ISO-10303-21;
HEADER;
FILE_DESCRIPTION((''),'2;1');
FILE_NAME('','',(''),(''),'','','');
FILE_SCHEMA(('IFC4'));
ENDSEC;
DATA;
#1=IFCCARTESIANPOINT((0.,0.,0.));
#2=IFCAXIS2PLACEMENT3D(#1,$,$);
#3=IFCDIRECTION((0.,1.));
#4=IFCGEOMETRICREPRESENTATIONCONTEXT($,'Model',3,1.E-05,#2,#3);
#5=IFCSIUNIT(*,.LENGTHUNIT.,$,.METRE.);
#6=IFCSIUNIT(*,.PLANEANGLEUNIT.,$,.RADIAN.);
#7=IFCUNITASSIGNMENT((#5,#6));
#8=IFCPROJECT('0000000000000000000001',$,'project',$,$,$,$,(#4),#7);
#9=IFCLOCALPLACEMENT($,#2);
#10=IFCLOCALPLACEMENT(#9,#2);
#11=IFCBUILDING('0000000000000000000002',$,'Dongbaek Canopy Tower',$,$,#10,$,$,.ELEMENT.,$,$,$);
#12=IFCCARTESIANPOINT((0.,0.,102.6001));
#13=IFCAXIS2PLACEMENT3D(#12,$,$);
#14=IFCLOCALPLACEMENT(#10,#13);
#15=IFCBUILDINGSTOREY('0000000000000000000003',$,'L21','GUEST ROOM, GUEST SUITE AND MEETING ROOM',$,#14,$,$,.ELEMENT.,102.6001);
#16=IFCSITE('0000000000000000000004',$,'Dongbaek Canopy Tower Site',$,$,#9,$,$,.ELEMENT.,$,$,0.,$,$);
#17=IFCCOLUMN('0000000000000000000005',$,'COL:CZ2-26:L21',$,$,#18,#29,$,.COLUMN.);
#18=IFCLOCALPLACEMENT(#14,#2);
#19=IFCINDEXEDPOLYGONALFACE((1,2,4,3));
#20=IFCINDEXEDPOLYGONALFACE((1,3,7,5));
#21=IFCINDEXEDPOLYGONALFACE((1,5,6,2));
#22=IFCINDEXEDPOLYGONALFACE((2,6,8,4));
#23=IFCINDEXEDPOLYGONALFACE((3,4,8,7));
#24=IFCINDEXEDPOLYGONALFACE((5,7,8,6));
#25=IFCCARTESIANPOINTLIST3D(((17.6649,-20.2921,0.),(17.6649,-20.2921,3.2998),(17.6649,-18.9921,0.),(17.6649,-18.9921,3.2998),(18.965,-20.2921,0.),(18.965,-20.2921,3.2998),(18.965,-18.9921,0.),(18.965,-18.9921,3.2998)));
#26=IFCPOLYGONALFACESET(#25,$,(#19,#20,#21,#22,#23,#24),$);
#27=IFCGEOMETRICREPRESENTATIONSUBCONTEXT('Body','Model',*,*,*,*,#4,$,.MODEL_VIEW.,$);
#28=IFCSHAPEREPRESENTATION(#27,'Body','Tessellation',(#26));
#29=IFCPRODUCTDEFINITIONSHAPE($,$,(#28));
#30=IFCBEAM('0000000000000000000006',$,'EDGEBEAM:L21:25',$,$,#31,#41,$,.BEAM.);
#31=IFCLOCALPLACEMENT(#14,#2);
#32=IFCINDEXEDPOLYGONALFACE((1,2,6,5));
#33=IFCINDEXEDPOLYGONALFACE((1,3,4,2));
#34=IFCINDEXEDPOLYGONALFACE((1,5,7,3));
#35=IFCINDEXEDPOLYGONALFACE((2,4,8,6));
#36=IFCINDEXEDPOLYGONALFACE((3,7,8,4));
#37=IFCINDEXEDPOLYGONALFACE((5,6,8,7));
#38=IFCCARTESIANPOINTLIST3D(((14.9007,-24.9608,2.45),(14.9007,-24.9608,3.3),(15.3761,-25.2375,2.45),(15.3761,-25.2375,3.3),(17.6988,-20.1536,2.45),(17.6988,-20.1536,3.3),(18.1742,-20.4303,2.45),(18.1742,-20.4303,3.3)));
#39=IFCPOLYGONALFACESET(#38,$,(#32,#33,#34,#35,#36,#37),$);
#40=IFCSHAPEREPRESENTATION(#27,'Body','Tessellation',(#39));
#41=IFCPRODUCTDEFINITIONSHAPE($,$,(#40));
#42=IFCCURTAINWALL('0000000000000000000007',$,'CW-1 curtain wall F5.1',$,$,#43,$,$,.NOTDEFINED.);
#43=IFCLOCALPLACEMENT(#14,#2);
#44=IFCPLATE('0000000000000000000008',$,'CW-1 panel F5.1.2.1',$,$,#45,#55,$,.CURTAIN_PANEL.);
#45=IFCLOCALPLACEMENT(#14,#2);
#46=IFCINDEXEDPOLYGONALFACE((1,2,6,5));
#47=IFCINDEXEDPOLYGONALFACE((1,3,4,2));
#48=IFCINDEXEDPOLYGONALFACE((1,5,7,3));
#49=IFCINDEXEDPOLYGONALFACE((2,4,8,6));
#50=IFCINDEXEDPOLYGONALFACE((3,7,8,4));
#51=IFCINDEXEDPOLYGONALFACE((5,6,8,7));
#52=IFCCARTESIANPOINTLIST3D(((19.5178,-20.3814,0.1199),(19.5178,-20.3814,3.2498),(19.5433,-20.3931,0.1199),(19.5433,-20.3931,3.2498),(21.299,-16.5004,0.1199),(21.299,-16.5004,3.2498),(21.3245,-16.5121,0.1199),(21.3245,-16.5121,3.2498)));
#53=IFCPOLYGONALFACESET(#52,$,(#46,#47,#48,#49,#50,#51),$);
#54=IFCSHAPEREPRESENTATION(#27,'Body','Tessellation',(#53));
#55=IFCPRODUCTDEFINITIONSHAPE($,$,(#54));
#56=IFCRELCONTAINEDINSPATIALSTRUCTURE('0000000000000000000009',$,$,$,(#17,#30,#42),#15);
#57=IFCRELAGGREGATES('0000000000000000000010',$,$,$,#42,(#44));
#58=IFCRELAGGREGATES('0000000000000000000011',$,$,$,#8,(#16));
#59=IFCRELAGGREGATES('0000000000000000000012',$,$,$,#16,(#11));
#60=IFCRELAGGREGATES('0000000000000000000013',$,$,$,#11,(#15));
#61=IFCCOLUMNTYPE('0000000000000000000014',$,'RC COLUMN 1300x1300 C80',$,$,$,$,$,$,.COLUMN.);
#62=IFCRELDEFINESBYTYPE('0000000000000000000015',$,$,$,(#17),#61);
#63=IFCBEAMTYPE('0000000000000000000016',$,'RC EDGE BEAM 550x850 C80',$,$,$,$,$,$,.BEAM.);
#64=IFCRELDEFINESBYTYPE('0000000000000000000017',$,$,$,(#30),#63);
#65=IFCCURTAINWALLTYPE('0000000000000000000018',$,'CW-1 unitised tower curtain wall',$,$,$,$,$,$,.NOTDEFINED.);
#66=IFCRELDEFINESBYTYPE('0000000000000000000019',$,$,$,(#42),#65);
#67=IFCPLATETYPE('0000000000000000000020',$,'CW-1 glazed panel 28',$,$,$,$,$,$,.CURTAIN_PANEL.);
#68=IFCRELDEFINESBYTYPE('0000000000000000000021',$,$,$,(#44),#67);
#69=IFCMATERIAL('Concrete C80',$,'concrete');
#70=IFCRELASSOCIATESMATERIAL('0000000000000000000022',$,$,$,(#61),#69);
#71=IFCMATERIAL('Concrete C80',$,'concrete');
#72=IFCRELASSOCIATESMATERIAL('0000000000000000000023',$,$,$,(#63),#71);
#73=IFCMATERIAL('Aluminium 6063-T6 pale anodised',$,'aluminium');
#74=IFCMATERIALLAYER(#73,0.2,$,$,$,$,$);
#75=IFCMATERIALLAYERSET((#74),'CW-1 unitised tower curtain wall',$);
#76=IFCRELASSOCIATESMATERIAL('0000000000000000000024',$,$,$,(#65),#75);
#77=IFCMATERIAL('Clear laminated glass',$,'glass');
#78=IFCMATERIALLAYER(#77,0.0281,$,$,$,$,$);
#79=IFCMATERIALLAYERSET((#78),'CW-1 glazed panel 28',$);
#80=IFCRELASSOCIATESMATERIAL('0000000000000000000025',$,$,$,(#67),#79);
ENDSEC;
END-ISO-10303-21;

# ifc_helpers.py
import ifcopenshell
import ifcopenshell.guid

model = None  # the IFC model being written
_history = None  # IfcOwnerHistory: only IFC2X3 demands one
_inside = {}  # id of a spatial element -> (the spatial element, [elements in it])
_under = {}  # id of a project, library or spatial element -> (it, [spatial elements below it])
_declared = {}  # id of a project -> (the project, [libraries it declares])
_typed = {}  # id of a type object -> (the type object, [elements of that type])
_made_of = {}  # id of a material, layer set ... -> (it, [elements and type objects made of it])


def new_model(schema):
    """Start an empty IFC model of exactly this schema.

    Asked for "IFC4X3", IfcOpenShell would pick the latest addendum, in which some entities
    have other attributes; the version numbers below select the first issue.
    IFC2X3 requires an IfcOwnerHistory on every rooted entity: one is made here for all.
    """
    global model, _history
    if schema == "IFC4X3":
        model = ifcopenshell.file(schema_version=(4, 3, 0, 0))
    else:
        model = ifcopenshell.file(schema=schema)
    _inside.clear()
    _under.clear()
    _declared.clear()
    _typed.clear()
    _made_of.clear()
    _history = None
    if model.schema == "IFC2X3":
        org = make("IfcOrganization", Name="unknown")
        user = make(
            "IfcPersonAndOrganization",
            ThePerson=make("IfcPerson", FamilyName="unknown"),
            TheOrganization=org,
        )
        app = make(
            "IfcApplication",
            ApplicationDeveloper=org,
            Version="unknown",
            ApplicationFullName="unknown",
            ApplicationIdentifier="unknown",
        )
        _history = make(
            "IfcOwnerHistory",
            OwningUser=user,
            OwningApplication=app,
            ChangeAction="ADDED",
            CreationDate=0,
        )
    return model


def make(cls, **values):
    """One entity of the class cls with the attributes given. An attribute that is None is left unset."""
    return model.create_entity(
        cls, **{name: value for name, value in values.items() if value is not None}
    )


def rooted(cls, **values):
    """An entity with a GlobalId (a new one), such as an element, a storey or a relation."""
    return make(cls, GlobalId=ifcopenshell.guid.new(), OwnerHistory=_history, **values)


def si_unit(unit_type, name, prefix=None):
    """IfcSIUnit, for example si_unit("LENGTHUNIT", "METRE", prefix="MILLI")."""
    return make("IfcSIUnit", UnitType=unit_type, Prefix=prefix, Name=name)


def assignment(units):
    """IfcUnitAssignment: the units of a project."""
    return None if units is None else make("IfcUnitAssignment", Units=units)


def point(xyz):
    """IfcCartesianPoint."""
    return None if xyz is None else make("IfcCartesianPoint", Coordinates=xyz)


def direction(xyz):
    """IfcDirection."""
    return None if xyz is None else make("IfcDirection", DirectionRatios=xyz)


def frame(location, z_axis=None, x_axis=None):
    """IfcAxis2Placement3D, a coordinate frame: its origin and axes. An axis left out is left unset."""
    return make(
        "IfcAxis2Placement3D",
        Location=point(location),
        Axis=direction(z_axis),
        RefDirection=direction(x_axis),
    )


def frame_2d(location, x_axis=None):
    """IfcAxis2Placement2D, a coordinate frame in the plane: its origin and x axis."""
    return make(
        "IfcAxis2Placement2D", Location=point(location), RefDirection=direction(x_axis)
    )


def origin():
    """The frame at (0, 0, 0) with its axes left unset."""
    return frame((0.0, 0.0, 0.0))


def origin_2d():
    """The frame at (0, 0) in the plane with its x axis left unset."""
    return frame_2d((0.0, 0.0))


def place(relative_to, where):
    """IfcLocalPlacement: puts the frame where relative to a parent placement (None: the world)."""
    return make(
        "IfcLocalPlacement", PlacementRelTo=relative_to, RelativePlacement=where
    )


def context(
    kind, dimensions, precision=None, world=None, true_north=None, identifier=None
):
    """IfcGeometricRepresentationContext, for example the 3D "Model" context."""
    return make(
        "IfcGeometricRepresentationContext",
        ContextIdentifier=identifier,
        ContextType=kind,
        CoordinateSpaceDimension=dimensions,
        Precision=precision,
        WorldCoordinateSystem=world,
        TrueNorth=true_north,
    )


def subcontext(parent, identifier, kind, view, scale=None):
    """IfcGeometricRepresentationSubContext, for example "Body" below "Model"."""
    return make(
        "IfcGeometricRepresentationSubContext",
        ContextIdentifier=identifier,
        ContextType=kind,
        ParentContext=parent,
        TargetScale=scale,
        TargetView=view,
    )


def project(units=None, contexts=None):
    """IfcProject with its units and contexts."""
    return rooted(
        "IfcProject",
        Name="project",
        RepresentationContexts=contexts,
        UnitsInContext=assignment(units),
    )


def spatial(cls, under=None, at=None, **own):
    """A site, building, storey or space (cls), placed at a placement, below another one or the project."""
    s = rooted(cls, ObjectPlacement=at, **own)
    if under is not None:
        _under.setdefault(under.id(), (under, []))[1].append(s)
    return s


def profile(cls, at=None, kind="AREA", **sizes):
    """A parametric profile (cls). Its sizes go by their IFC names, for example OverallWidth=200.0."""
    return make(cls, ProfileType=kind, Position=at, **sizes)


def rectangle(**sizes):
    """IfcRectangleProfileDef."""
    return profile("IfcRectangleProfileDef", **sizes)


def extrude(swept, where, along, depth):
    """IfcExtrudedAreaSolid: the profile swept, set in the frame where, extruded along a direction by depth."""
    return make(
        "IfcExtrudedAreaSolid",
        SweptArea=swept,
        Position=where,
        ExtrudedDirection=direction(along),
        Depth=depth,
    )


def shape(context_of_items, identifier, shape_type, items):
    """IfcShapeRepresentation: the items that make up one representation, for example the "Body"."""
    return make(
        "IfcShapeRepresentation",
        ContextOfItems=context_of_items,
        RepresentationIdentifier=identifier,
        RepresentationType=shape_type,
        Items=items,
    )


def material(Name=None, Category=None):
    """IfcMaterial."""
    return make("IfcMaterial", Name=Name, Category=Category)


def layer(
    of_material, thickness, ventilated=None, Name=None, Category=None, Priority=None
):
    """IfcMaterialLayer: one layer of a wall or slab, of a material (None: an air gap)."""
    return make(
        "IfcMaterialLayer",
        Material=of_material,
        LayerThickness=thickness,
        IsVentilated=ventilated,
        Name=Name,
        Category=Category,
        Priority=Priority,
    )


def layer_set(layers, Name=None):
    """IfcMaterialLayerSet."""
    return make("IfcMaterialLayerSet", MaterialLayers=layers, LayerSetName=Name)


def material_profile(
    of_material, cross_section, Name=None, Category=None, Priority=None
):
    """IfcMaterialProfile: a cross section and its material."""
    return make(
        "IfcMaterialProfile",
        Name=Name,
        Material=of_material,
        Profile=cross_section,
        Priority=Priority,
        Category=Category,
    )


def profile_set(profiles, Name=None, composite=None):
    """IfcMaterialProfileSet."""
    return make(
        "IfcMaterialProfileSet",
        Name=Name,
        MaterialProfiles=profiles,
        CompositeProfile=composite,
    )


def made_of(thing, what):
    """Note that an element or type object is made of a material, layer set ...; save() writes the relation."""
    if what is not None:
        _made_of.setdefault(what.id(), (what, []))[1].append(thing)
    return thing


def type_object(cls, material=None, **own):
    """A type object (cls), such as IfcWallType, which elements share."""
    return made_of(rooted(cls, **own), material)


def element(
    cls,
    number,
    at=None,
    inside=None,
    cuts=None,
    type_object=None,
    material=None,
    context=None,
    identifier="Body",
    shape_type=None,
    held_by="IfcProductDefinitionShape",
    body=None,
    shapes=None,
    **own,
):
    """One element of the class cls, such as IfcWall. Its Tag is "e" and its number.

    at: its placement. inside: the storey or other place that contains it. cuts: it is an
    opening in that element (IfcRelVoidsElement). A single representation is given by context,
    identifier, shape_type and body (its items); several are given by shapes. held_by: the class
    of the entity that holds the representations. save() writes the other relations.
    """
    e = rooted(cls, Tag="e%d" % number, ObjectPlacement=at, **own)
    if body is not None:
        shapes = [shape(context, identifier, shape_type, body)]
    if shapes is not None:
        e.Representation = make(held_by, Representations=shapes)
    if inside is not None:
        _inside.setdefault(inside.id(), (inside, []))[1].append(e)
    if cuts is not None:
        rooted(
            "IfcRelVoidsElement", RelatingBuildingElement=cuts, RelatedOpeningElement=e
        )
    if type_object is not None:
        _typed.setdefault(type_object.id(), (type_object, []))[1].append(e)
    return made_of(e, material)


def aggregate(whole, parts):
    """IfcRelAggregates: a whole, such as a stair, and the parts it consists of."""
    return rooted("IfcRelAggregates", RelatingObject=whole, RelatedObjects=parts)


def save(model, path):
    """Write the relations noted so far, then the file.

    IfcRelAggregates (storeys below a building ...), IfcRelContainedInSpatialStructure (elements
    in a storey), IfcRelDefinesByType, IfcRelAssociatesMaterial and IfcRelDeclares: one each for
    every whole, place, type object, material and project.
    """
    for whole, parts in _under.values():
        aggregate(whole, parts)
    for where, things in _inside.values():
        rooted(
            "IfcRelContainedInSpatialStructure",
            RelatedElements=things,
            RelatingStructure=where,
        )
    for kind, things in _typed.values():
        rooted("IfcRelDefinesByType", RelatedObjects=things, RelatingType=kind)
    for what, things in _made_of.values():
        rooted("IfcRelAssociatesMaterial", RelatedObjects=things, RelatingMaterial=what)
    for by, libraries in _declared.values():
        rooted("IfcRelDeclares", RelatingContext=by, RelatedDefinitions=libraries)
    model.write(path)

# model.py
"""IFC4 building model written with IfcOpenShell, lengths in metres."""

from ifc_helpers import new_model, si_unit, direction, frame, origin, origin_2d, place, context, subcontext, project, spatial, rectangle, extrude, material, layer, layer_set, material_profile, profile_set, type_object, element, aggregate, save


model = new_model("IFC4")

# Units and contexts
model_context = context("Model", 3, precision=1e-05, world=origin(), true_north=direction((0.0, 1.0)))
body_context = subcontext(model_context, "Body", "Model", "MODEL_VIEW")
ifc_project = project(units=[si_unit("LENGTHUNIT", "METRE"), si_unit("PLANEANGLEUNIT", "RADIAN")], contexts=[model_context])

# Site, building, storey
site_placement = place(None, origin())
site = spatial("IfcSite", under=ifc_project, at=site_placement, Name="Dongbaek Canopy Tower Site", CompositionType="ELEMENT", RefElevation=0.0)
building_placement = place(site_placement, origin())
building = spatial("IfcBuilding", under=site, at=building_placement, Name="Dongbaek Canopy Tower", CompositionType="ELEMENT")
storey_placement = place(building_placement, frame((0.0, 0.0, 102.6001)))
storey = spatial("IfcBuildingStorey", under=building, at=storey_placement, Name="L21", Description="GUEST ROOM, GUEST SUITE AND MEETING ROOM", CompositionType="ELEMENT", Elevation=102.6001)

# Column
ifc_material_1 = material(Name="Concrete C80", Category="concrete")
ifc_material_profile_1 = material_profile(ifc_material_1, rectangle(XDim=1.3, YDim=1.3, at=origin_2d()), Name="RC COLUMN 1300x1300 C80")
ifc_profile_set_1 = profile_set([ifc_material_profile_1], Name="Concrete C80")
column_type = type_object("IfcColumnType", Name="RC COLUMN 1300x1300 C80", PredefinedType="COLUMN", material=ifc_profile_set_1)
column_placement = place(storey_placement, frame((18.3149, -19.6421, 0.0), z_axis=(0.0, 0.0, 1.0), x_axis=(1.0, 0.0, 0.0)))
element("IfcColumn", 1, at=column_placement, inside=storey, type_object=column_type, Name="COL:CZ2-26:L21", PredefinedType="COLUMN", context=body_context, shape_type="SweptSolid", body=[
    extrude(rectangle(XDim=1.3, YDim=1.3, at=origin_2d()), origin(), (0.0, 0.0, 1.0), 3.2998),
])

# Beam
ifc_material_2 = material(Name="Concrete C80", Category="concrete")
ifc_material_profile_2 = material_profile(ifc_material_2, rectangle(XDim=0.55, YDim=0.8501, at=origin_2d()), Name="RC EDGE BEAM 550x850 C80")
ifc_profile_set_2 = profile_set([ifc_material_profile_2], Name="Concrete C80")
beam_type = type_object("IfcBeamType", Name="RC EDGE BEAM 550x850 C80", PredefinedType="BEAM", material=ifc_profile_set_2)
beam_placement = place(storey_placement, frame((17.9365, -20.292, 2.875), z_axis=(-0.503058, -0.864253, 0.0), x_axis=(0.864253, -0.503058, 0.0)))
element("IfcBeam", 2, at=beam_placement, inside=storey, type_object=beam_type, Name="EDGEBEAM:L21:25", PredefinedType="BEAM", context=body_context, shape_type="SweptSolid", body=[
    extrude(rectangle(XDim=0.55, YDim=0.8501, at=origin_2d()), origin(), (0.0, 0.0, 1.0), 5.5623),
])

# Curtain wall, plate
ifc_material_3 = material(Name="Aluminium 6063-T6 pale anodised", Category="aluminium")
ifc_layer_1 = layer(ifc_material_3, 0.2)
ifc_layer_set_1 = layer_set([ifc_layer_1], Name="CW-1 unitised tower curtain wall")
curtain_wall_type = type_object("IfcCurtainWallType", Name="CW-1 unitised tower curtain wall", PredefinedType="NOTDEFINED", material=ifc_layer_set_1)
curtain_wall_placement = place(storey_placement, origin())
curtain_wall = element("IfcCurtainWall", 3, at=curtain_wall_placement, inside=storey, type_object=curtain_wall_type, Name="CW-1 curtain wall F5.1", PredefinedType="NOTDEFINED")
ifc_material_4 = material(Name="Clear laminated glass", Category="glass")
ifc_layer_2 = layer(ifc_material_4, 0.0281)
ifc_layer_set_2 = layer_set([ifc_layer_2], Name="CW-1 glazed panel 28")
plate_type = type_object("IfcPlateType", Name="CW-1 glazed panel 28", PredefinedType="CURTAIN_PANEL", material=ifc_layer_set_2)
plate_placement = place(storey_placement, frame((20.4211, -18.4468, 0.1199), z_axis=(0.0, 0.0, 1.0), x_axis=(0.417126, 0.908849, 0.0)))
plate = element("IfcPlate", 4, at=plate_placement, type_object=plate_type, Name="CW-1 panel F5.1.2.1", PredefinedType="CURTAIN_PANEL", context=body_context, shape_type="SweptSolid", body=[
    extrude(rectangle(XDim=4.2703, YDim=0.0281, at=origin_2d()), origin(), (0.0, 0.0, 1.0), 3.1299),
])
aggregate(curtain_wall, [plate])

save(model, "model.ifc")
